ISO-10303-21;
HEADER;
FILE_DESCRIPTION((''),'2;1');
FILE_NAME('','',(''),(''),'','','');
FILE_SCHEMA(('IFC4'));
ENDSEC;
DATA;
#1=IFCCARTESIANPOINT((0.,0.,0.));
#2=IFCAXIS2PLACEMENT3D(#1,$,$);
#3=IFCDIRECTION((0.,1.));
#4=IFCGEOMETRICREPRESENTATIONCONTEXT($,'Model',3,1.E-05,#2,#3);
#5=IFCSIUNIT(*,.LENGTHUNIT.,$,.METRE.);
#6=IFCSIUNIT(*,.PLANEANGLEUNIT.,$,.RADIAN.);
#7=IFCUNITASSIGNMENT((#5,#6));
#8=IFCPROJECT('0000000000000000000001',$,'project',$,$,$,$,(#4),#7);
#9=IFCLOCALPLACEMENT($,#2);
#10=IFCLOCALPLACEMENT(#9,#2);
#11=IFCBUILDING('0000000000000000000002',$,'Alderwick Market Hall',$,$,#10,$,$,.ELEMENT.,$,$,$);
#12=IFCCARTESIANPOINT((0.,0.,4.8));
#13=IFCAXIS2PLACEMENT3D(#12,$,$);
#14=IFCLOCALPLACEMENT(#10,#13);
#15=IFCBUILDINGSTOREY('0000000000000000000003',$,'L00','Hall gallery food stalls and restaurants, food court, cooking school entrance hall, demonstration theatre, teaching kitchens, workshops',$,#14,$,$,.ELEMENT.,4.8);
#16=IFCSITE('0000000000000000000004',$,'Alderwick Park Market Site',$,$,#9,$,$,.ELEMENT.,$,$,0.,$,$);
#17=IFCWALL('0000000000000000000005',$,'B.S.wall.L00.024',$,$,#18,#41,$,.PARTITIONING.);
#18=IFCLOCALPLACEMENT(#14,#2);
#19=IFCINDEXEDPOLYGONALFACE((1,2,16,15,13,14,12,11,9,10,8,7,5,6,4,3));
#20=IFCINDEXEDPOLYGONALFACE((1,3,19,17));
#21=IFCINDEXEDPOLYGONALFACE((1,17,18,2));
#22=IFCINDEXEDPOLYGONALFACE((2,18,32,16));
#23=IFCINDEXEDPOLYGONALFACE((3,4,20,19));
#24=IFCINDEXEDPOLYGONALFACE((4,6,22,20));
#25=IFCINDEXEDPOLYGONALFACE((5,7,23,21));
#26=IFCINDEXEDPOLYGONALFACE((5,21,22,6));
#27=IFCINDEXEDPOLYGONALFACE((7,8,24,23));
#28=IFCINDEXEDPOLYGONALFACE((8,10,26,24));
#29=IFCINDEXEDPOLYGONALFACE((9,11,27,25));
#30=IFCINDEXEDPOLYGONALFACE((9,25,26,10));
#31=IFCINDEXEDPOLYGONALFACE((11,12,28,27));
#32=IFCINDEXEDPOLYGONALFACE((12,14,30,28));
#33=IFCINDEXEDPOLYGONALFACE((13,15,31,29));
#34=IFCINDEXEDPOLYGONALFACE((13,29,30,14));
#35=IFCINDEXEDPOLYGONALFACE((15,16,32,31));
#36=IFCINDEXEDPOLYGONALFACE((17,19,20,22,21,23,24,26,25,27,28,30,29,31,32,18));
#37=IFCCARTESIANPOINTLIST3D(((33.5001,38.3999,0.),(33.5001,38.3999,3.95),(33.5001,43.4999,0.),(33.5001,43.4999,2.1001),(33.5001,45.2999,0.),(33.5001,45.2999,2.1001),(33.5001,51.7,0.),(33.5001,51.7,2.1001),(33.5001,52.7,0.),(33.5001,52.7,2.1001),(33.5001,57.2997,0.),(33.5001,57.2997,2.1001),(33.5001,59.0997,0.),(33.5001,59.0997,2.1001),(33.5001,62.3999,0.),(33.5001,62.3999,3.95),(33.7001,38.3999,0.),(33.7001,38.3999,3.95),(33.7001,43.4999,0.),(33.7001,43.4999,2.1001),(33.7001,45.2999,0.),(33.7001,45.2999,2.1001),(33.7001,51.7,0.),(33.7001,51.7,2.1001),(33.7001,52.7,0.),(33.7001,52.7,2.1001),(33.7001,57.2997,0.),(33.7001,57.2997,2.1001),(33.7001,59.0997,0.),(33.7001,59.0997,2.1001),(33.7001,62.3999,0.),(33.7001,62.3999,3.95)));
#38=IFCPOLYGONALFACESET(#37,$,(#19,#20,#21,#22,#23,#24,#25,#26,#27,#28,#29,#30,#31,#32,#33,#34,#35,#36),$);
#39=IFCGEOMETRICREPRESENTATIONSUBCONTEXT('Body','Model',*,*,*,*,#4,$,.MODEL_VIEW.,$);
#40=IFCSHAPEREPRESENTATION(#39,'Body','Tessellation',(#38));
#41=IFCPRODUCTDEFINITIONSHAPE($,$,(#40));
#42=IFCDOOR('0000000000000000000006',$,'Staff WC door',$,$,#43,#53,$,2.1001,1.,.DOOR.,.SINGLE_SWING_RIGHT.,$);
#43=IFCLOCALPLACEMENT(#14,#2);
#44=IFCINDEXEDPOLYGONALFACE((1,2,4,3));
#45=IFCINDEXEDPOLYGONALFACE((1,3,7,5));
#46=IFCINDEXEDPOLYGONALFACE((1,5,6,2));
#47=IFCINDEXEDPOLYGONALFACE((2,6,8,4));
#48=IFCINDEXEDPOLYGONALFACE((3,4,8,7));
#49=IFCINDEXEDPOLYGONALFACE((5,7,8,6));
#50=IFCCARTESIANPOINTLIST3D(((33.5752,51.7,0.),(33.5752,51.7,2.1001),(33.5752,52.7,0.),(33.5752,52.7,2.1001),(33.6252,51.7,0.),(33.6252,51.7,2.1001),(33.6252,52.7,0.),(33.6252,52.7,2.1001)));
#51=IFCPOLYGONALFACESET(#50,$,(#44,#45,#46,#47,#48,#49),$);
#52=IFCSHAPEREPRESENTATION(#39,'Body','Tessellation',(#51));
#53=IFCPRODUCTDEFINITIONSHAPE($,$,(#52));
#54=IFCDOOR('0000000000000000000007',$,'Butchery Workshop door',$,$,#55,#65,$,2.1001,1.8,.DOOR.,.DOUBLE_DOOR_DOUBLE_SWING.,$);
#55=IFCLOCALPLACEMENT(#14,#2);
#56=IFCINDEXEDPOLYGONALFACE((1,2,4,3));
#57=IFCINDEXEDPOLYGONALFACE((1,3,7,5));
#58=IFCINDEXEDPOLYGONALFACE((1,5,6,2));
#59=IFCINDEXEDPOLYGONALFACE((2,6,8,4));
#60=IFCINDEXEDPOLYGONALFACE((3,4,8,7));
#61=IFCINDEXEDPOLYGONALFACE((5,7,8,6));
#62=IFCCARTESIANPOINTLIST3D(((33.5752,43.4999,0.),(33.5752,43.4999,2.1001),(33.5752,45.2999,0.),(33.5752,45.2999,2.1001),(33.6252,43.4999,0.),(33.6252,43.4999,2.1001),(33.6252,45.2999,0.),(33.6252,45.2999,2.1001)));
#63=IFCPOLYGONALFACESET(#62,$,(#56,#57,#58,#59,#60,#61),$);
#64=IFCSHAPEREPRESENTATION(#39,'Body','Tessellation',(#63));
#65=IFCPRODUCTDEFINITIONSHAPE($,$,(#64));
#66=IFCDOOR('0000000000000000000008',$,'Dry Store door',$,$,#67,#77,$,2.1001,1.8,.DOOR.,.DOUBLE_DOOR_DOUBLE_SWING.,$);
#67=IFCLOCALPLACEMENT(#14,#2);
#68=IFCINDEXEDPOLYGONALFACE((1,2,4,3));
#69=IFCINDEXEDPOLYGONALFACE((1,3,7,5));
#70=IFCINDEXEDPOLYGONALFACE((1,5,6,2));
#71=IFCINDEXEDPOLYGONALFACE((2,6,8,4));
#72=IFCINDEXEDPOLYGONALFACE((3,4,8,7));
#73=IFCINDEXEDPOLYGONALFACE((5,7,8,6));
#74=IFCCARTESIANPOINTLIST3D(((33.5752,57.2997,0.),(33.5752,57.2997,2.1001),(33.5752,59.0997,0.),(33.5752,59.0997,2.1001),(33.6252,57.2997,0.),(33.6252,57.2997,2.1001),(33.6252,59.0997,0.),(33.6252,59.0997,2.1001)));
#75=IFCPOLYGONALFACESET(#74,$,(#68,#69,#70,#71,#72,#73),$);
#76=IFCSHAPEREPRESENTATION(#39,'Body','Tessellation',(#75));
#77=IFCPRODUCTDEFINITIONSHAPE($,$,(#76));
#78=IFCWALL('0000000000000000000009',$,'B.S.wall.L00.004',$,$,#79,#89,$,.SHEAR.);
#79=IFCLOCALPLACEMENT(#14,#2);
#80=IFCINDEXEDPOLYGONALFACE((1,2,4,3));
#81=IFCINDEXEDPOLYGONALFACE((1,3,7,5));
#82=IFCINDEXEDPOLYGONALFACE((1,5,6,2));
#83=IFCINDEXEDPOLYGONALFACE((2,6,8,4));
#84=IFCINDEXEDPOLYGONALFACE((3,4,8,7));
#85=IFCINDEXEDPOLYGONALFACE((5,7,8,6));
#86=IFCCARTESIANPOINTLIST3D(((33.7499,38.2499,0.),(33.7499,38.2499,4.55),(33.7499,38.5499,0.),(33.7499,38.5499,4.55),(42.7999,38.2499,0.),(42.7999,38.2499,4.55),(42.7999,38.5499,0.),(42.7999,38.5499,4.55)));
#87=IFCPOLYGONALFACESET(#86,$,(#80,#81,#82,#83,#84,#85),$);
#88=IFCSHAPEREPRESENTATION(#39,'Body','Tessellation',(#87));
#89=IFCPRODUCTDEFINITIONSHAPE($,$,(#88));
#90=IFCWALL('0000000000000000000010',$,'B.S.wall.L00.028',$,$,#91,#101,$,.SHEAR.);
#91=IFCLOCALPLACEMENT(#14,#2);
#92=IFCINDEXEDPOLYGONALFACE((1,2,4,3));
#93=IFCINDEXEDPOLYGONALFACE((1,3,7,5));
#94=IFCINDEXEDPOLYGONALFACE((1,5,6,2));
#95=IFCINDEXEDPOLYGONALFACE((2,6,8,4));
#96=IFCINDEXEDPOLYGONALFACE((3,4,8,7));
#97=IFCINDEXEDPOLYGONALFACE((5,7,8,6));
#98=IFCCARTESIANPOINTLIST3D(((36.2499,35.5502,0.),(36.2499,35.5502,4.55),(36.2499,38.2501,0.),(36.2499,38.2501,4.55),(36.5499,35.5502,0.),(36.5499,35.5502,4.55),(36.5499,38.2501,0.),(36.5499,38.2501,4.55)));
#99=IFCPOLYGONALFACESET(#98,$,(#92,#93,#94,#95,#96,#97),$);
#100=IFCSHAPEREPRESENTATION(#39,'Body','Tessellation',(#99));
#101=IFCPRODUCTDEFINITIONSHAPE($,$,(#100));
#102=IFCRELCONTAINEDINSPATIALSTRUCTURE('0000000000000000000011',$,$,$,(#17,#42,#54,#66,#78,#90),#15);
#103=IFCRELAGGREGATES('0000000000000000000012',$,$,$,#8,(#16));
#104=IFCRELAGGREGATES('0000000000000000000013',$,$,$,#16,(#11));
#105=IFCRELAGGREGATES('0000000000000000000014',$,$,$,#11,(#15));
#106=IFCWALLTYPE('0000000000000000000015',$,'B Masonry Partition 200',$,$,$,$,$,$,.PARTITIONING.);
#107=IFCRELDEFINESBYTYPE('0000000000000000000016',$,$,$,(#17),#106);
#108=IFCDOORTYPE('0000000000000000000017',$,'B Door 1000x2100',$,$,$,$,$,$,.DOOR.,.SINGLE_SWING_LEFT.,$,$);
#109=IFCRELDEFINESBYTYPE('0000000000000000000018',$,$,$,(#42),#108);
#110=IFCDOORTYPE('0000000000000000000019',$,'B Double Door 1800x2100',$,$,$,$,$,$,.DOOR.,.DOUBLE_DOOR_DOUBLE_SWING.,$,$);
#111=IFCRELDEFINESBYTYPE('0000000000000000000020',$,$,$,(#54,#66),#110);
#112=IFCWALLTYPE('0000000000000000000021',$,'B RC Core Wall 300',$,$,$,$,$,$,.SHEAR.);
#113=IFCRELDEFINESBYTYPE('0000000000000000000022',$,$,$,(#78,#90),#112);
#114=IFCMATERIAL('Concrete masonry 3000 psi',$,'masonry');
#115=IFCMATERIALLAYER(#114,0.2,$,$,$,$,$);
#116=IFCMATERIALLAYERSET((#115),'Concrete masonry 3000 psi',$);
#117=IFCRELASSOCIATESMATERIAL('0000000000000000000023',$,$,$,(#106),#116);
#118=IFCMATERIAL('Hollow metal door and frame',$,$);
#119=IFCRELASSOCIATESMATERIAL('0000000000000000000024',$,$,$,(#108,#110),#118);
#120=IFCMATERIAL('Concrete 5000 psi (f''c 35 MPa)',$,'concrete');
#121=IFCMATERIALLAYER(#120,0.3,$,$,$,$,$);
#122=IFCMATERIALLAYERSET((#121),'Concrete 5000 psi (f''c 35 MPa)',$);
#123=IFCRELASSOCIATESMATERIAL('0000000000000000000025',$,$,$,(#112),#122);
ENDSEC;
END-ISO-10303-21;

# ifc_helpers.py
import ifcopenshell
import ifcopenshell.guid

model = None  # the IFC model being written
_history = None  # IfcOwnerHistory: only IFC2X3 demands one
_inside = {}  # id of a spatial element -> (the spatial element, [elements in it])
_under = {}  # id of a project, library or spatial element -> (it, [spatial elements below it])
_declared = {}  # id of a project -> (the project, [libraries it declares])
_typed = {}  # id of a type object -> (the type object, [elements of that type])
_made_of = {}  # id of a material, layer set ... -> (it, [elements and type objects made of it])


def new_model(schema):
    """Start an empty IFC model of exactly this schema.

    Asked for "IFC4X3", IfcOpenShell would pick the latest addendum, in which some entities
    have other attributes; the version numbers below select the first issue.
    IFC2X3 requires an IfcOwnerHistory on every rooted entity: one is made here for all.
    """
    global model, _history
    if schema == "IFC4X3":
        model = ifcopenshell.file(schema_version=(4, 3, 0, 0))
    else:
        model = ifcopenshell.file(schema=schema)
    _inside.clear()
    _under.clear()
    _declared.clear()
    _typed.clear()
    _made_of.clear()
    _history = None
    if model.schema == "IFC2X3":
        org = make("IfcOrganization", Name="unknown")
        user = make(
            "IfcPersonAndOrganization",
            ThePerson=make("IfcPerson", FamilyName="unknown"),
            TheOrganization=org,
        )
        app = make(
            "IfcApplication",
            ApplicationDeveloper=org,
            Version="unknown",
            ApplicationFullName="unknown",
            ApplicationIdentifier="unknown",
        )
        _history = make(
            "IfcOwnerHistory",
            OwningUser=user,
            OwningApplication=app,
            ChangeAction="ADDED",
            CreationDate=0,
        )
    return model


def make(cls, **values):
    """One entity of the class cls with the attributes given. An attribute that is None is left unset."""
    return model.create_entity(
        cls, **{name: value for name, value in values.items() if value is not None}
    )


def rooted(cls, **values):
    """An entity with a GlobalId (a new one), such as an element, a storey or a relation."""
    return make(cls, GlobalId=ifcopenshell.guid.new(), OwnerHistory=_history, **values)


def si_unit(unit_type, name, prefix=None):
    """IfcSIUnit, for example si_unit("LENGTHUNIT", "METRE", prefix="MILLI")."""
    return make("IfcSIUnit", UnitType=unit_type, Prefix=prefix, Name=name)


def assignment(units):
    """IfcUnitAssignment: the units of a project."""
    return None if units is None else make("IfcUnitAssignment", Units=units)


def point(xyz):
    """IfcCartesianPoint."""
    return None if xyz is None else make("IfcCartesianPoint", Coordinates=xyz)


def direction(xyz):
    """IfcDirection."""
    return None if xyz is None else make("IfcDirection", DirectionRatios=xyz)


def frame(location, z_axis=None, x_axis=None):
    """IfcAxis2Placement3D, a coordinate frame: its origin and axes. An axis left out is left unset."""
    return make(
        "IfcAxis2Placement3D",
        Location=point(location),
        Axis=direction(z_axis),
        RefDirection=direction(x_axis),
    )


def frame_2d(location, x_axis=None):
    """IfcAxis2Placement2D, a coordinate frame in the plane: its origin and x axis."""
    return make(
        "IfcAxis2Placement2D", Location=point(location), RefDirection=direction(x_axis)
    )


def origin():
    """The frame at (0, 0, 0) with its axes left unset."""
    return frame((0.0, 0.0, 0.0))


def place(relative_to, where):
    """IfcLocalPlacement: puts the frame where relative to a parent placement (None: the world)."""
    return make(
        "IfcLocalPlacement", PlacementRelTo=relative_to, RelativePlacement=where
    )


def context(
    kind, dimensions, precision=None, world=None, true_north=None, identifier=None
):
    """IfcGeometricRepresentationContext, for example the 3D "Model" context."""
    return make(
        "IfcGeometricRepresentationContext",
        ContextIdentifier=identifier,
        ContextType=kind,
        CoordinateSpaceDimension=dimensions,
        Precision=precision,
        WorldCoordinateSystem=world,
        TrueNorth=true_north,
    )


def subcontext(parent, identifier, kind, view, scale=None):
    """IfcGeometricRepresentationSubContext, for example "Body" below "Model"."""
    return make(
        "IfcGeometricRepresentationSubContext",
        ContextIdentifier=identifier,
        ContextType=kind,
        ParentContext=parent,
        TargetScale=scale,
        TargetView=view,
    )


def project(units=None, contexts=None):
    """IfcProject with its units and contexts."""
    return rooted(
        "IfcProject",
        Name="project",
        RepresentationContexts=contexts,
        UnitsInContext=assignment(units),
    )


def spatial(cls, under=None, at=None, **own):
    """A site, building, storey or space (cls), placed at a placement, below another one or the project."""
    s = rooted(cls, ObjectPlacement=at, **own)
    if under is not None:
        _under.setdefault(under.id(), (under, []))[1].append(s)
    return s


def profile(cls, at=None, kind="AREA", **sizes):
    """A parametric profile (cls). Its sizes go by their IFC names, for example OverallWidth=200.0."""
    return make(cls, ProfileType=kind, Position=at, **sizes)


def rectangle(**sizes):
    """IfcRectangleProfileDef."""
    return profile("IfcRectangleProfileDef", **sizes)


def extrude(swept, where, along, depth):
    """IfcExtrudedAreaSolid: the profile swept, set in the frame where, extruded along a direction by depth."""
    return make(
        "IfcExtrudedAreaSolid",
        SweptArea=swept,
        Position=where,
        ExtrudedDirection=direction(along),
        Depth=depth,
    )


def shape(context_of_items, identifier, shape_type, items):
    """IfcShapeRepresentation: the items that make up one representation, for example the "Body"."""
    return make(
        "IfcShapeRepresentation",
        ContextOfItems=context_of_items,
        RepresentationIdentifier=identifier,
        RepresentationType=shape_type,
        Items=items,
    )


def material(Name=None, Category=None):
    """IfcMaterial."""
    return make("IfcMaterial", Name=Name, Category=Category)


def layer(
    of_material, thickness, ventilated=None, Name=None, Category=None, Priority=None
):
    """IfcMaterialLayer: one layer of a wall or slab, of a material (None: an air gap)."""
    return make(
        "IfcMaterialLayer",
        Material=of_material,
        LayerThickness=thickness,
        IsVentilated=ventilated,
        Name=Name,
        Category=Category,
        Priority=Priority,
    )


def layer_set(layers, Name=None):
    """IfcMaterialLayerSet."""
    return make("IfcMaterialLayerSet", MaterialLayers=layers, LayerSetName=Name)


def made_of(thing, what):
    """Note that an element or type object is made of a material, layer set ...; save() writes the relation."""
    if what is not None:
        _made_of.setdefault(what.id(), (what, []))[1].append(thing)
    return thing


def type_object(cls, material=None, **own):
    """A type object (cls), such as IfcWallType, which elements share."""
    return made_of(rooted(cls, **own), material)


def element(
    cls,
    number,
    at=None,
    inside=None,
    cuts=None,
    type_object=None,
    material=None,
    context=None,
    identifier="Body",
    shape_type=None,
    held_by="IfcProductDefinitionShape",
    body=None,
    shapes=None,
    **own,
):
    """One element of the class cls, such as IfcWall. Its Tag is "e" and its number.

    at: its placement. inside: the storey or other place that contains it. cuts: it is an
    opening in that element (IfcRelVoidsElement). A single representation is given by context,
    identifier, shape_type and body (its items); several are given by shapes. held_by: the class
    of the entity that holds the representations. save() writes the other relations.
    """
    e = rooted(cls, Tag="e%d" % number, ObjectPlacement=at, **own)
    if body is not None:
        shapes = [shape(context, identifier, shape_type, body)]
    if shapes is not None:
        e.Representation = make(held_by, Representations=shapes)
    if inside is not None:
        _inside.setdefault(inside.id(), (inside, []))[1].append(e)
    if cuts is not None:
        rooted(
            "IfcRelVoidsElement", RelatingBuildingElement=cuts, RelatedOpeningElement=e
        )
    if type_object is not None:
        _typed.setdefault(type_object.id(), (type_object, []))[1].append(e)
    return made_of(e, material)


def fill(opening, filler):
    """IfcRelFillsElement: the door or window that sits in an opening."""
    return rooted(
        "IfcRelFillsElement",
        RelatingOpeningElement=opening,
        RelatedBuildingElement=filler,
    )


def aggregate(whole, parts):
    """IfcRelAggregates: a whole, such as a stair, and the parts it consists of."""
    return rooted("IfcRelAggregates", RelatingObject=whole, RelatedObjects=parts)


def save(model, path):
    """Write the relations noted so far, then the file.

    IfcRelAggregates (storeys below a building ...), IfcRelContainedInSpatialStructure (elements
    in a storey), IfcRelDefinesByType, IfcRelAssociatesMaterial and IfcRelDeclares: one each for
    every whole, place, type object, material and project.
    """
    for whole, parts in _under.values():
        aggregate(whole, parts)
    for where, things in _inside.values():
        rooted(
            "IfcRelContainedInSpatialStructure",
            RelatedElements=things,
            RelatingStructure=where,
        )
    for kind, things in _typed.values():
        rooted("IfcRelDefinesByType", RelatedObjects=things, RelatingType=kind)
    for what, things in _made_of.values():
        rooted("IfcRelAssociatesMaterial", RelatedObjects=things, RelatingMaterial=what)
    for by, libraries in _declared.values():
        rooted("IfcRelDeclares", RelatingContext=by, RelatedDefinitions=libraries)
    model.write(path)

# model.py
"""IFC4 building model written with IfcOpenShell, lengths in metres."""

from ifc_helpers import new_model, si_unit, direction, frame, frame_2d, origin, place, context, subcontext, project, spatial, rectangle, extrude, material, layer, layer_set, type_object, element, fill, save


model = new_model("IFC4")

# Units and contexts
model_context = context("Model", 3, precision=1e-05, world=origin(), true_north=direction((0.0, 1.0)))
body_context = subcontext(model_context, "Body", "Model", "MODEL_VIEW")
ifc_project = project(units=[si_unit("LENGTHUNIT", "METRE"), si_unit("PLANEANGLEUNIT", "RADIAN")], contexts=[model_context])

# Site, building, storey
site_placement = place(None, origin())
site = spatial("IfcSite", under=ifc_project, at=site_placement, Name="Alderwick Park Market Site", CompositionType="ELEMENT", RefElevation=0.0)
building_placement = place(site_placement, origin())
building = spatial("IfcBuilding", under=site, at=building_placement, Name="Alderwick Market Hall", CompositionType="ELEMENT")
storey_placement = place(building_placement, frame((0.0, 0.0, 4.8)))
storey = spatial("IfcBuildingStorey", under=building, at=storey_placement, Name="L00", Description="Hall gallery food stalls and restaurants, food court, cooking school entrance hall, demonstration theatre, teaching kitchens, workshops", CompositionType="ELEMENT", Elevation=4.8)

# Shared definitions
ifc_material_1 = material(Name="Concrete 5000 psi (f'c 35 MPa)", Category="concrete")

# Shared definitions
ifc_material_2 = material(Name="Concrete masonry 3000 psi", Category="masonry")
ifc_layer_1 = layer(ifc_material_2, 0.2)
ifc_layer_set_1 = layer_set([ifc_layer_1], Name="Concrete masonry 3000 psi")
wall_type_1 = type_object("IfcWallType", Name="B Masonry Partition 200", PredefinedType="PARTITIONING", material=ifc_layer_set_1)

# Wall, openings, doors
wall_1_placement = place(storey_placement, frame((33.6001, 38.3999, 0.0), z_axis=(0.0, 0.0, 1.0), x_axis=(0.0, 1.0, 0.0)))
wall_1 = element("IfcWall", 1, at=wall_1_placement, inside=storey, type_object=wall_type_1, Name="B.S.wall.L00.024", PredefinedType="PARTITIONING", context=body_context, shape_type="SweptSolid", body=[
    extrude(rectangle(XDim=24.0, YDim=0.2, at=frame_2d((12.0, 0.0))), origin(), (0.0, 0.0, 1.0), 3.95),
])
opening_1_placement = place(wall_1_placement, frame((5.1001, 0.0, 0.0)))
opening_1 = element("IfcOpeningElement", 2, at=opening_1_placement, cuts=wall_1, PredefinedType="OPENING", context=body_context, shape_type="SweptSolid", body=[
    extrude(rectangle(XDim=1.8, YDim=2.1001, at=frame_2d((0.8999, 1.05))), frame((0.0, 0.1099, 0.0), z_axis=(0.0, -1.0, 0.0), x_axis=(1.0, 0.0, 0.0)), (0.0, 0.0, 1.0), 0.22),
])
opening_2_placement = place(wall_1_placement, frame((13.3, 0.0, 0.0)))
opening_2 = element("IfcOpeningElement", 3, at=opening_2_placement, cuts=wall_1, PredefinedType="OPENING", context=body_context, shape_type="SweptSolid", body=[
    extrude(rectangle(XDim=1.0, YDim=2.1001, at=frame_2d((0.5, 1.05))), frame((0.0, 0.1099, 0.0), z_axis=(0.0, -1.0, 0.0), x_axis=(1.0, 0.0, 0.0)), (0.0, 0.0, 1.0), 0.22),
])
opening_3_placement = place(wall_1_placement, frame((18.8999, 0.0, 0.0)))
opening_3 = element("IfcOpeningElement", 4, at=opening_3_placement, cuts=wall_1, PredefinedType="OPENING", context=body_context, shape_type="SweptSolid", body=[
    extrude(rectangle(XDim=1.8, YDim=2.1001, at=frame_2d((0.8999, 1.05))), frame((0.0, 0.1099, 0.0), z_axis=(0.0, -1.0, 0.0), x_axis=(1.0, 0.0, 0.0)), (0.0, 0.0, 1.0), 0.22),
])
ifc_material_3 = material(Name="Hollow metal door and frame")
door_type_1 = type_object("IfcDoorType", Name="B Door 1000x2100", OperationType="SINGLE_SWING_LEFT", PredefinedType="DOOR", material=ifc_material_3)
door_1_placement = place(opening_2_placement, origin())
door_1 = element("IfcDoor", 5, at=door_1_placement, inside=storey, type_object=door_type_1, Name="Staff WC door", OperationType="SINGLE_SWING_RIGHT", OverallHeight=2.1001, OverallWidth=1.0, PredefinedType="DOOR", context=body_context, shape_type="SweptSolid", body=[
    extrude(rectangle(XDim=1.0, YDim=2.1001, at=frame_2d((0.5, 1.05))), frame((0.0, 0.0249, 0.0), z_axis=(0.0, -1.0, 0.0), x_axis=(1.0, 0.0, 0.0)), (0.0, 0.0, 1.0), 0.05),
])
fill(opening_2, door_1)
door_type_2 = type_object("IfcDoorType", Name="B Double Door 1800x2100", OperationType="DOUBLE_DOOR_DOUBLE_SWING", PredefinedType="DOOR", material=ifc_material_3)
door_2_placement = place(opening_1_placement, origin())
door_2 = element("IfcDoor", 6, at=door_2_placement, inside=storey, type_object=door_type_2, Name="Butchery Workshop door", OperationType="DOUBLE_DOOR_DOUBLE_SWING", OverallHeight=2.1001, OverallWidth=1.8, PredefinedType="DOOR", context=body_context, shape_type="SweptSolid", body=[
    extrude(rectangle(XDim=1.8, YDim=2.1001, at=frame_2d((0.8999, 1.05))), frame((0.0, 0.0249, 0.0), z_axis=(0.0, -1.0, 0.0), x_axis=(1.0, 0.0, 0.0)), (0.0, 0.0, 1.0), 0.05),
])
fill(opening_1, door_2)
door_3_placement = place(opening_3_placement, origin())
door_3 = element("IfcDoor", 7, at=door_3_placement, inside=storey, type_object=door_type_2, Name="Dry Store door", OperationType="DOUBLE_DOOR_DOUBLE_SWING", OverallHeight=2.1001, OverallWidth=1.8, PredefinedType="DOOR", context=body_context, shape_type="SweptSolid", body=[
    extrude(rectangle(XDim=1.8, YDim=2.1001, at=frame_2d((0.8999, 1.05))), frame((0.0, 0.0249, 0.0), z_axis=(0.0, -1.0, 0.0), x_axis=(1.0, 0.0, 0.0)), (0.0, 0.0, 1.0), 0.05),
])
fill(opening_3, door_3)

# Walls
ifc_layer_2 = layer(ifc_material_1, 0.3)
ifc_layer_set_2 = layer_set([ifc_layer_2], Name="Concrete 5000 psi (f'c 35 MPa)")
wall_type_2 = type_object("IfcWallType", Name="B RC Core Wall 300", PredefinedType="SHEAR", material=ifc_layer_set_2)
wall_2_placement = place(storey_placement, frame((33.75, 38.3999, 0.0), z_axis=(0.0, 0.0, 1.0), x_axis=(1.0, 0.0, 0.0)))
element("IfcWall", 8, at=wall_2_placement, inside=storey, type_object=wall_type_2, Name="B.S.wall.L00.004", PredefinedType="SHEAR", context=body_context, shape_type="SweptSolid", body=[
    extrude(rectangle(XDim=9.05, YDim=0.3, at=frame_2d((4.5249, 0.0))), origin(), (0.0, 0.0, 1.0), 4.55),
])
wall_3_placement = place(storey_placement, frame((36.3999, 35.55, 0.0), z_axis=(0.0, 0.0, 1.0), x_axis=(0.0, 1.0, 0.0)))
element("IfcWall", 9, at=wall_3_placement, inside=storey, type_object=wall_type_2, Name="B.S.wall.L00.028", PredefinedType="SHEAR", context=body_context, shape_type="SweptSolid", body=[
    extrude(rectangle(XDim=2.7, YDim=0.3, at=frame_2d((1.3501, 0.0))), origin(), (0.0, 0.0, 1.0), 4.55),
])

save(model, "model.ifc")
